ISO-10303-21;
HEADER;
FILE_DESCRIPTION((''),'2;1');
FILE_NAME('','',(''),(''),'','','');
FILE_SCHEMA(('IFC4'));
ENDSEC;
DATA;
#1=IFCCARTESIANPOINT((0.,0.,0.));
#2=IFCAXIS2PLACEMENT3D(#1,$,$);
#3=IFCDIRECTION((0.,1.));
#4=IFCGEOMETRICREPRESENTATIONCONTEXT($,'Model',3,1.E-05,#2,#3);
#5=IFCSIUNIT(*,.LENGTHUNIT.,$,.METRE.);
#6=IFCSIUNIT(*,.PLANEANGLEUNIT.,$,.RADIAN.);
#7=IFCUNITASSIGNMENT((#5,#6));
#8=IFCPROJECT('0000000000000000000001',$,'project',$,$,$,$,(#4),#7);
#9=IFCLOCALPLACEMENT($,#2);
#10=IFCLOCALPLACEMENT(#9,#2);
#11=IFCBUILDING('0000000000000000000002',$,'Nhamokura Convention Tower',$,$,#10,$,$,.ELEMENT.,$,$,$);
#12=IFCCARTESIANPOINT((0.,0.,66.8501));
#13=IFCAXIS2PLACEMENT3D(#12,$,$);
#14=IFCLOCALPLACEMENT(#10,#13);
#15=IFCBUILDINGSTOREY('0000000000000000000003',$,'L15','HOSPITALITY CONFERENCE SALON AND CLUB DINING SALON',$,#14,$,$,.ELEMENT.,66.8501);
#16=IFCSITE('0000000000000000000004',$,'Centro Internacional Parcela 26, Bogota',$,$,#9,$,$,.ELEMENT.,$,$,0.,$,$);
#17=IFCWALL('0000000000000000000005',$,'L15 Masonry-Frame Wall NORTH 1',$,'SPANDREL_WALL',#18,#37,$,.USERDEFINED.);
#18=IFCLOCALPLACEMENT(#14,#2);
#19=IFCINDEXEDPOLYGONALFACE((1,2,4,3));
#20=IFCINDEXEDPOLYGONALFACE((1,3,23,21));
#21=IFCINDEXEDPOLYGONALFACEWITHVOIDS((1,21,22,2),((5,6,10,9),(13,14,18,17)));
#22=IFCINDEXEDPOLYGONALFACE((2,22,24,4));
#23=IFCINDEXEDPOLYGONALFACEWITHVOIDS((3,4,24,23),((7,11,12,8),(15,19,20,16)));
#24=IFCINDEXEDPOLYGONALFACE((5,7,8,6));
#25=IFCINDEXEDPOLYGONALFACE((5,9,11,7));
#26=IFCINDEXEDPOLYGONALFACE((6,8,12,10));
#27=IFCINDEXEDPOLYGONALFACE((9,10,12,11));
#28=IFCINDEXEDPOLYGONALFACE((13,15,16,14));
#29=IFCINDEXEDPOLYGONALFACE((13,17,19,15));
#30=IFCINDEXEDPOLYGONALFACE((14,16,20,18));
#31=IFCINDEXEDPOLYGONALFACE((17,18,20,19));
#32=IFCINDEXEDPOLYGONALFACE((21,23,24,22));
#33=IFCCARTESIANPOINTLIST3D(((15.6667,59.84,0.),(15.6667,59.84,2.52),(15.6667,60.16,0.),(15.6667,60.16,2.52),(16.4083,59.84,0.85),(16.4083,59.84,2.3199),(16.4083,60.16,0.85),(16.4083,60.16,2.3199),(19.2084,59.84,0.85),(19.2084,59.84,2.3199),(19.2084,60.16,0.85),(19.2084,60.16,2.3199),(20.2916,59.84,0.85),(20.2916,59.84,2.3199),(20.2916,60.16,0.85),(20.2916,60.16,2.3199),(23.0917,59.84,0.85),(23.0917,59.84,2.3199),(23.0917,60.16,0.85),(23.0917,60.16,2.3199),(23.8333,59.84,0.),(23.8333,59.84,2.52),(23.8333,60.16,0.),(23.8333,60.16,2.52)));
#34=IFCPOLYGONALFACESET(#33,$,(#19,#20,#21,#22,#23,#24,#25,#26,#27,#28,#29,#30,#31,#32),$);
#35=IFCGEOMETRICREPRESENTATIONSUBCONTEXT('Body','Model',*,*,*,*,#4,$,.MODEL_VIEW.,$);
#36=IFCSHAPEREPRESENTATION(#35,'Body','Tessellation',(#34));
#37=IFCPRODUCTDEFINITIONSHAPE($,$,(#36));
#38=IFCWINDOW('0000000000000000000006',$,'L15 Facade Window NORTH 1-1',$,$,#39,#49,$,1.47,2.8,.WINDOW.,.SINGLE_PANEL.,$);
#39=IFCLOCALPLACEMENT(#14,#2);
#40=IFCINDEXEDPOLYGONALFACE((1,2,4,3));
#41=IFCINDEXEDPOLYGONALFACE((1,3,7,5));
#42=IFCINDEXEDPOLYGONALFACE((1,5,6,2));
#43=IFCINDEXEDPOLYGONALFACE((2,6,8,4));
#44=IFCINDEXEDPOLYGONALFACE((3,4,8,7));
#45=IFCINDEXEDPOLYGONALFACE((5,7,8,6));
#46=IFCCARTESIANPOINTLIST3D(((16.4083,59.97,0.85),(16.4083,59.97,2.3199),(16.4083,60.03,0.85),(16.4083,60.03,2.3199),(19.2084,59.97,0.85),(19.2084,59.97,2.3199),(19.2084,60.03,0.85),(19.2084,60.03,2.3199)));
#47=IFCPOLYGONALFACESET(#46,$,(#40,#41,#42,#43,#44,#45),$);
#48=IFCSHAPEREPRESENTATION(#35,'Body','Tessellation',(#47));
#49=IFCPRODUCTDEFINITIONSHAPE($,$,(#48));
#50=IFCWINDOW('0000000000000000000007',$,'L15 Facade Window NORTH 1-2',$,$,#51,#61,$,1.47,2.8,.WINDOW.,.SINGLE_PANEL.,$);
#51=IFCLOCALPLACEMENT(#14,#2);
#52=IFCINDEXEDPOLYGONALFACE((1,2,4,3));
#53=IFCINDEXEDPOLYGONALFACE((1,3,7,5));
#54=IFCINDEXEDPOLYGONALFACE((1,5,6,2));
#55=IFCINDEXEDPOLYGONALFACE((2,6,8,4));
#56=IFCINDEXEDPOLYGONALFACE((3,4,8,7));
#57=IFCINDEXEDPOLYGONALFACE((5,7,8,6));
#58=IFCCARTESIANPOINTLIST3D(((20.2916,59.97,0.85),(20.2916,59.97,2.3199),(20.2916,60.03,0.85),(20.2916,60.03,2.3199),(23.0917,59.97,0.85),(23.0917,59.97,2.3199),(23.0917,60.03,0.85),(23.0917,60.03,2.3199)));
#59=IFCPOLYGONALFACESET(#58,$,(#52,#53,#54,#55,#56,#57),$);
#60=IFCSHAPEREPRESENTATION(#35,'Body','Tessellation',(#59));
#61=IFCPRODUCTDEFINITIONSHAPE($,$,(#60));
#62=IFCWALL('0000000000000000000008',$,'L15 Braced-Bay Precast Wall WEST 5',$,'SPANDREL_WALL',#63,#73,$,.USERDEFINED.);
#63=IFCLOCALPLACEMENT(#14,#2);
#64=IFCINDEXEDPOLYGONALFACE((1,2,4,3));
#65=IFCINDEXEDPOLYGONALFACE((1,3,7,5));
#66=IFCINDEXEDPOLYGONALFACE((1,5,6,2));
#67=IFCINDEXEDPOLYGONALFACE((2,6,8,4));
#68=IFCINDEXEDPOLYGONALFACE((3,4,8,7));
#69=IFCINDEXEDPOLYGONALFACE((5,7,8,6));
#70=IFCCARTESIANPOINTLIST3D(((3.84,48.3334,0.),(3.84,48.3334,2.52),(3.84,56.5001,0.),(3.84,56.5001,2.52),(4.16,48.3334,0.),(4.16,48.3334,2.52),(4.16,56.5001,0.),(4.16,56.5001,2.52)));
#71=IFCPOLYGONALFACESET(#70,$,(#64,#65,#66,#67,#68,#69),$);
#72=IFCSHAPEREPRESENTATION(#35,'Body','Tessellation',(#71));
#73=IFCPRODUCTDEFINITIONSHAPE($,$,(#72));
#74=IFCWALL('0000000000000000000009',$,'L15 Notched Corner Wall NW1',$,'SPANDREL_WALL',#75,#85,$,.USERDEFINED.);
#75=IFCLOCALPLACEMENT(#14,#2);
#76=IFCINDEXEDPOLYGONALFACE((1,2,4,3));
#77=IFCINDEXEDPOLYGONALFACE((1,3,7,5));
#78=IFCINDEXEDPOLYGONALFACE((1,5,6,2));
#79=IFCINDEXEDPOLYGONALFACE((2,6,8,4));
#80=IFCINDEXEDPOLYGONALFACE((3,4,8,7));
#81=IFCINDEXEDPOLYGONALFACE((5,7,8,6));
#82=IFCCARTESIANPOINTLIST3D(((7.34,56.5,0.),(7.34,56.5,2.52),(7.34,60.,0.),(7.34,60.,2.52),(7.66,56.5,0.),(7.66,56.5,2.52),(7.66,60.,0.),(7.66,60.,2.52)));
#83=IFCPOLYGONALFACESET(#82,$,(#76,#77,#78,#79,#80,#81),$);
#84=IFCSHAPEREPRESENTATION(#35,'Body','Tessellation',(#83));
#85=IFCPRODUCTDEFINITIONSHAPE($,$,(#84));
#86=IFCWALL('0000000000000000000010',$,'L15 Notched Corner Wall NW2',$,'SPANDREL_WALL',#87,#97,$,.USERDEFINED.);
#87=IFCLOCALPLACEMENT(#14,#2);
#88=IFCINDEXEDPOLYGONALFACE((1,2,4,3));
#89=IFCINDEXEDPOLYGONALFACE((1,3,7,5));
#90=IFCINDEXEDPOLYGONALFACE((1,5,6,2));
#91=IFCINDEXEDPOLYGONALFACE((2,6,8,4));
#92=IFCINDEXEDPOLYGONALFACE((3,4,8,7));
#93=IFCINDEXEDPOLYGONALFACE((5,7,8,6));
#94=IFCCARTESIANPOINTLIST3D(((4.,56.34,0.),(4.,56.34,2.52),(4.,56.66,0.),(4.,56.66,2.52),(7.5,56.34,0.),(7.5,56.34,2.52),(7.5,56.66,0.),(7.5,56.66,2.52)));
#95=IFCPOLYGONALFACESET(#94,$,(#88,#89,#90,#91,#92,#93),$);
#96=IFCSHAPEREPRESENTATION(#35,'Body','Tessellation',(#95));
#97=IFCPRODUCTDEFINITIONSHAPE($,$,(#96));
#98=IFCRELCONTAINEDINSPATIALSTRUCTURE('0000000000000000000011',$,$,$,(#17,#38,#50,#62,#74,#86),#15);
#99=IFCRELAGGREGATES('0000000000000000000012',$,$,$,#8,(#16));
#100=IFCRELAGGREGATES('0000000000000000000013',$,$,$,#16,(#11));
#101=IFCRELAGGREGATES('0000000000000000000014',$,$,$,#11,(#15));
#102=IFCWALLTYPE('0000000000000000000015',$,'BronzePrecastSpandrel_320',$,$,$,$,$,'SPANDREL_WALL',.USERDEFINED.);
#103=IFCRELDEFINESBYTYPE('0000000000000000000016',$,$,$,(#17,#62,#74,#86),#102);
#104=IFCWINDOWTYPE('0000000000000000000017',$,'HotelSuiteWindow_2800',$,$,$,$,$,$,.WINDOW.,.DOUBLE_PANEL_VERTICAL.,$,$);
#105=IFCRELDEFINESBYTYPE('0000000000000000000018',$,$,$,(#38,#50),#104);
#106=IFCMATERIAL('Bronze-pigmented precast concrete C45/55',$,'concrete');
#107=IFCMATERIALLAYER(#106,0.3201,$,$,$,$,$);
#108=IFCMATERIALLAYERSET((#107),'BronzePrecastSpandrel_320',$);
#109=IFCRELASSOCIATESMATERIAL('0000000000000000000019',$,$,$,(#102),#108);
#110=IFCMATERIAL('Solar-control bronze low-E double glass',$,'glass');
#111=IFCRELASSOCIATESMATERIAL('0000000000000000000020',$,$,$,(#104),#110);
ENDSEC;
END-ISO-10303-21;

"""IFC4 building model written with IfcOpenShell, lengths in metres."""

from ifc_helpers import new_model, si_unit, direction, frame, frame_2d, origin, place, context, subcontext, project, spatial, rectangle, extrude, material, layer, layer_set, type_object, element, fill, save


model = new_model("IFC4")

# Units and contexts
model_context = context("Model", 3, precision=1e-05, world=origin(), true_north=direction((0.0, 1.0)))
body_context = subcontext(model_context, "Body", "Model", "MODEL_VIEW")
ifc_project = project(units=[si_unit("LENGTHUNIT", "METRE"), si_unit("PLANEANGLEUNIT", "RADIAN")], contexts=[model_context])

# Site, building, storey
site_placement = place(None, origin())
site = spatial("IfcSite", under=ifc_project, at=site_placement, Name="Centro Internacional Parcela 26, Bogota", CompositionType="ELEMENT", RefElevation=0.0)
building_placement = place(site_placement, origin())
building = spatial("IfcBuilding", under=site, at=building_placement, Name="Nhamokura Convention Tower", CompositionType="ELEMENT")
storey_placement = place(building_placement, frame((0.0, 0.0, 66.8501)))
storey = spatial("IfcBuildingStorey", under=building, at=storey_placement, Name="L15", Description="HOSPITALITY CONFERENCE SALON AND CLUB DINING SALON", CompositionType="ELEMENT", Elevation=66.8501)

# Shared definitions
ifc_material_1 = material(Name="Bronze-pigmented precast concrete C45/55", Category="concrete")
ifc_layer = layer(ifc_material_1, 0.3201)
ifc_layer_set = layer_set([ifc_layer], Name="BronzePrecastSpandrel_320")
wall_type = type_object("IfcWallType", Name="BronzePrecastSpandrel_320", ElementType="SPANDREL_WALL", PredefinedType="USERDEFINED", material=ifc_layer_set)

# Wall, openings, windows
wall_1_placement = place(storey_placement, frame((15.6667, 60.0, 0.0), z_axis=(0.0, 0.0, 1.0), x_axis=(1.0, 0.0, 0.0)))
wall_1 = element("IfcWall", 1, at=wall_1_placement, inside=storey, type_object=wall_type, Name="L15 Masonry-Frame Wall NORTH 1", ObjectType="SPANDREL_WALL", PredefinedType="USERDEFINED", context=body_context, shape_type="SweptSolid", body=[
    extrude(rectangle(XDim=8.1665, YDim=0.3201, at=frame_2d((4.0833, 0.0))), origin(), (0.0, 0.0, 1.0), 2.52),
])
opening_1_placement = place(wall_1_placement, frame((0.7417, 0.0, 0.8501)))
opening_1 = element("IfcOpeningElement", 2, at=opening_1_placement, cuts=wall_1, PredefinedType="OPENING", context=body_context, shape_type="SweptSolid", body=[
    extrude(rectangle(XDim=2.8, YDim=1.47, at=frame_2d((1.3999, 0.7349))), frame((0.0, 0.1699, 0.0), z_axis=(0.0, -1.0, 0.0), x_axis=(1.0, 0.0, 0.0)), (0.0, 0.0, 1.0), 0.3401),
])
opening_2_placement = place(wall_1_placement, frame((4.625, 0.0, 0.8501)))
opening_2 = element("IfcOpeningElement", 3, at=opening_2_placement, cuts=wall_1, PredefinedType="OPENING", context=body_context, shape_type="SweptSolid", body=[
    extrude(rectangle(XDim=2.8, YDim=1.47, at=frame_2d((1.3999, 0.7349))), frame((0.0, 0.1699, 0.0), z_axis=(0.0, -1.0, 0.0), x_axis=(1.0, 0.0, 0.0)), (0.0, 0.0, 1.0), 0.3401),
])
ifc_material_2 = material(Name="Solar-control bronze low-E double glass", Category="glass")
window_type = type_object("IfcWindowType", Name="HotelSuiteWindow_2800", PartitioningType="DOUBLE_PANEL_VERTICAL", PredefinedType="WINDOW", material=ifc_material_2)
window_1_placement = place(opening_1_placement, origin())
window_1 = element("IfcWindow", 4, at=window_1_placement, inside=storey, type_object=window_type, Name="L15 Facade Window NORTH 1-1", OverallHeight=1.47, OverallWidth=2.8, PartitioningType="SINGLE_PANEL", PredefinedType="WINDOW", context=body_context, shape_type="SweptSolid", body=[
    extrude(rectangle(XDim=2.8, YDim=1.47, at=frame_2d((1.3999, 0.7349))), frame((0.0, 0.03, 0.0), z_axis=(0.0, -1.0, 0.0), x_axis=(1.0, 0.0, 0.0)), (0.0, 0.0, 1.0), 0.0601),
])
fill(opening_1, window_1)
window_2_placement = place(opening_2_placement, origin())
window_2 = element("IfcWindow", 5, at=window_2_placement, inside=storey, type_object=window_type, Name="L15 Facade Window NORTH 1-2", OverallHeight=1.47, OverallWidth=2.8, PartitioningType="SINGLE_PANEL", PredefinedType="WINDOW", context=body_context, shape_type="SweptSolid", body=[
    extrude(rectangle(XDim=2.8, YDim=1.47, at=frame_2d((1.3999, 0.7349))), frame((0.0, 0.03, 0.0), z_axis=(0.0, -1.0, 0.0), x_axis=(1.0, 0.0, 0.0)), (0.0, 0.0, 1.0), 0.0601),
])
fill(opening_2, window_2)

# Walls
wall_2_placement = place(storey_placement, frame((4.0, 48.3333, 0.0), z_axis=(0.0, 0.0, 1.0), x_axis=(0.0, 1.0, 0.0)))
element("IfcWall", 6, at=wall_2_placement, inside=storey, type_object=wall_type, Name="L15 Braced-Bay Precast Wall WEST 5", ObjectType="SPANDREL_WALL", PredefinedType="USERDEFINED", context=body_context, shape_type="SweptSolid", body=[
    extrude(rectangle(XDim=8.1667, YDim=0.3201, at=frame_2d((4.0835, 0.0))), origin(), (0.0, 0.0, 1.0), 2.52),
])
for number, where, z_axis, x_axis, name in (
    (7, (7.5, 56.5, 0.0), (0.0, 0.0, 1.0), (0.0, 1.0, 0.0), "L15 Notched Corner Wall NW1"),
    (8, (4.0, 56.5, 0.0), (0.0, 0.0, 1.0), (1.0, 0.0, 0.0), "L15 Notched Corner Wall NW2"),
):
    element("IfcWall", number, at=place(storey_placement, frame(where, z_axis=z_axis, x_axis=x_axis)), inside=storey, type_object=wall_type, Name=name, ObjectType="SPANDREL_WALL", PredefinedType="USERDEFINED", context=body_context, shape_type="SweptSolid", body=[
        extrude(rectangle(XDim=3.5, YDim=0.3201, at=frame_2d((1.75, 0.0))), origin(), (0.0, 0.0, 1.0), 2.52),
    ])

save(model, "model.ifc")
